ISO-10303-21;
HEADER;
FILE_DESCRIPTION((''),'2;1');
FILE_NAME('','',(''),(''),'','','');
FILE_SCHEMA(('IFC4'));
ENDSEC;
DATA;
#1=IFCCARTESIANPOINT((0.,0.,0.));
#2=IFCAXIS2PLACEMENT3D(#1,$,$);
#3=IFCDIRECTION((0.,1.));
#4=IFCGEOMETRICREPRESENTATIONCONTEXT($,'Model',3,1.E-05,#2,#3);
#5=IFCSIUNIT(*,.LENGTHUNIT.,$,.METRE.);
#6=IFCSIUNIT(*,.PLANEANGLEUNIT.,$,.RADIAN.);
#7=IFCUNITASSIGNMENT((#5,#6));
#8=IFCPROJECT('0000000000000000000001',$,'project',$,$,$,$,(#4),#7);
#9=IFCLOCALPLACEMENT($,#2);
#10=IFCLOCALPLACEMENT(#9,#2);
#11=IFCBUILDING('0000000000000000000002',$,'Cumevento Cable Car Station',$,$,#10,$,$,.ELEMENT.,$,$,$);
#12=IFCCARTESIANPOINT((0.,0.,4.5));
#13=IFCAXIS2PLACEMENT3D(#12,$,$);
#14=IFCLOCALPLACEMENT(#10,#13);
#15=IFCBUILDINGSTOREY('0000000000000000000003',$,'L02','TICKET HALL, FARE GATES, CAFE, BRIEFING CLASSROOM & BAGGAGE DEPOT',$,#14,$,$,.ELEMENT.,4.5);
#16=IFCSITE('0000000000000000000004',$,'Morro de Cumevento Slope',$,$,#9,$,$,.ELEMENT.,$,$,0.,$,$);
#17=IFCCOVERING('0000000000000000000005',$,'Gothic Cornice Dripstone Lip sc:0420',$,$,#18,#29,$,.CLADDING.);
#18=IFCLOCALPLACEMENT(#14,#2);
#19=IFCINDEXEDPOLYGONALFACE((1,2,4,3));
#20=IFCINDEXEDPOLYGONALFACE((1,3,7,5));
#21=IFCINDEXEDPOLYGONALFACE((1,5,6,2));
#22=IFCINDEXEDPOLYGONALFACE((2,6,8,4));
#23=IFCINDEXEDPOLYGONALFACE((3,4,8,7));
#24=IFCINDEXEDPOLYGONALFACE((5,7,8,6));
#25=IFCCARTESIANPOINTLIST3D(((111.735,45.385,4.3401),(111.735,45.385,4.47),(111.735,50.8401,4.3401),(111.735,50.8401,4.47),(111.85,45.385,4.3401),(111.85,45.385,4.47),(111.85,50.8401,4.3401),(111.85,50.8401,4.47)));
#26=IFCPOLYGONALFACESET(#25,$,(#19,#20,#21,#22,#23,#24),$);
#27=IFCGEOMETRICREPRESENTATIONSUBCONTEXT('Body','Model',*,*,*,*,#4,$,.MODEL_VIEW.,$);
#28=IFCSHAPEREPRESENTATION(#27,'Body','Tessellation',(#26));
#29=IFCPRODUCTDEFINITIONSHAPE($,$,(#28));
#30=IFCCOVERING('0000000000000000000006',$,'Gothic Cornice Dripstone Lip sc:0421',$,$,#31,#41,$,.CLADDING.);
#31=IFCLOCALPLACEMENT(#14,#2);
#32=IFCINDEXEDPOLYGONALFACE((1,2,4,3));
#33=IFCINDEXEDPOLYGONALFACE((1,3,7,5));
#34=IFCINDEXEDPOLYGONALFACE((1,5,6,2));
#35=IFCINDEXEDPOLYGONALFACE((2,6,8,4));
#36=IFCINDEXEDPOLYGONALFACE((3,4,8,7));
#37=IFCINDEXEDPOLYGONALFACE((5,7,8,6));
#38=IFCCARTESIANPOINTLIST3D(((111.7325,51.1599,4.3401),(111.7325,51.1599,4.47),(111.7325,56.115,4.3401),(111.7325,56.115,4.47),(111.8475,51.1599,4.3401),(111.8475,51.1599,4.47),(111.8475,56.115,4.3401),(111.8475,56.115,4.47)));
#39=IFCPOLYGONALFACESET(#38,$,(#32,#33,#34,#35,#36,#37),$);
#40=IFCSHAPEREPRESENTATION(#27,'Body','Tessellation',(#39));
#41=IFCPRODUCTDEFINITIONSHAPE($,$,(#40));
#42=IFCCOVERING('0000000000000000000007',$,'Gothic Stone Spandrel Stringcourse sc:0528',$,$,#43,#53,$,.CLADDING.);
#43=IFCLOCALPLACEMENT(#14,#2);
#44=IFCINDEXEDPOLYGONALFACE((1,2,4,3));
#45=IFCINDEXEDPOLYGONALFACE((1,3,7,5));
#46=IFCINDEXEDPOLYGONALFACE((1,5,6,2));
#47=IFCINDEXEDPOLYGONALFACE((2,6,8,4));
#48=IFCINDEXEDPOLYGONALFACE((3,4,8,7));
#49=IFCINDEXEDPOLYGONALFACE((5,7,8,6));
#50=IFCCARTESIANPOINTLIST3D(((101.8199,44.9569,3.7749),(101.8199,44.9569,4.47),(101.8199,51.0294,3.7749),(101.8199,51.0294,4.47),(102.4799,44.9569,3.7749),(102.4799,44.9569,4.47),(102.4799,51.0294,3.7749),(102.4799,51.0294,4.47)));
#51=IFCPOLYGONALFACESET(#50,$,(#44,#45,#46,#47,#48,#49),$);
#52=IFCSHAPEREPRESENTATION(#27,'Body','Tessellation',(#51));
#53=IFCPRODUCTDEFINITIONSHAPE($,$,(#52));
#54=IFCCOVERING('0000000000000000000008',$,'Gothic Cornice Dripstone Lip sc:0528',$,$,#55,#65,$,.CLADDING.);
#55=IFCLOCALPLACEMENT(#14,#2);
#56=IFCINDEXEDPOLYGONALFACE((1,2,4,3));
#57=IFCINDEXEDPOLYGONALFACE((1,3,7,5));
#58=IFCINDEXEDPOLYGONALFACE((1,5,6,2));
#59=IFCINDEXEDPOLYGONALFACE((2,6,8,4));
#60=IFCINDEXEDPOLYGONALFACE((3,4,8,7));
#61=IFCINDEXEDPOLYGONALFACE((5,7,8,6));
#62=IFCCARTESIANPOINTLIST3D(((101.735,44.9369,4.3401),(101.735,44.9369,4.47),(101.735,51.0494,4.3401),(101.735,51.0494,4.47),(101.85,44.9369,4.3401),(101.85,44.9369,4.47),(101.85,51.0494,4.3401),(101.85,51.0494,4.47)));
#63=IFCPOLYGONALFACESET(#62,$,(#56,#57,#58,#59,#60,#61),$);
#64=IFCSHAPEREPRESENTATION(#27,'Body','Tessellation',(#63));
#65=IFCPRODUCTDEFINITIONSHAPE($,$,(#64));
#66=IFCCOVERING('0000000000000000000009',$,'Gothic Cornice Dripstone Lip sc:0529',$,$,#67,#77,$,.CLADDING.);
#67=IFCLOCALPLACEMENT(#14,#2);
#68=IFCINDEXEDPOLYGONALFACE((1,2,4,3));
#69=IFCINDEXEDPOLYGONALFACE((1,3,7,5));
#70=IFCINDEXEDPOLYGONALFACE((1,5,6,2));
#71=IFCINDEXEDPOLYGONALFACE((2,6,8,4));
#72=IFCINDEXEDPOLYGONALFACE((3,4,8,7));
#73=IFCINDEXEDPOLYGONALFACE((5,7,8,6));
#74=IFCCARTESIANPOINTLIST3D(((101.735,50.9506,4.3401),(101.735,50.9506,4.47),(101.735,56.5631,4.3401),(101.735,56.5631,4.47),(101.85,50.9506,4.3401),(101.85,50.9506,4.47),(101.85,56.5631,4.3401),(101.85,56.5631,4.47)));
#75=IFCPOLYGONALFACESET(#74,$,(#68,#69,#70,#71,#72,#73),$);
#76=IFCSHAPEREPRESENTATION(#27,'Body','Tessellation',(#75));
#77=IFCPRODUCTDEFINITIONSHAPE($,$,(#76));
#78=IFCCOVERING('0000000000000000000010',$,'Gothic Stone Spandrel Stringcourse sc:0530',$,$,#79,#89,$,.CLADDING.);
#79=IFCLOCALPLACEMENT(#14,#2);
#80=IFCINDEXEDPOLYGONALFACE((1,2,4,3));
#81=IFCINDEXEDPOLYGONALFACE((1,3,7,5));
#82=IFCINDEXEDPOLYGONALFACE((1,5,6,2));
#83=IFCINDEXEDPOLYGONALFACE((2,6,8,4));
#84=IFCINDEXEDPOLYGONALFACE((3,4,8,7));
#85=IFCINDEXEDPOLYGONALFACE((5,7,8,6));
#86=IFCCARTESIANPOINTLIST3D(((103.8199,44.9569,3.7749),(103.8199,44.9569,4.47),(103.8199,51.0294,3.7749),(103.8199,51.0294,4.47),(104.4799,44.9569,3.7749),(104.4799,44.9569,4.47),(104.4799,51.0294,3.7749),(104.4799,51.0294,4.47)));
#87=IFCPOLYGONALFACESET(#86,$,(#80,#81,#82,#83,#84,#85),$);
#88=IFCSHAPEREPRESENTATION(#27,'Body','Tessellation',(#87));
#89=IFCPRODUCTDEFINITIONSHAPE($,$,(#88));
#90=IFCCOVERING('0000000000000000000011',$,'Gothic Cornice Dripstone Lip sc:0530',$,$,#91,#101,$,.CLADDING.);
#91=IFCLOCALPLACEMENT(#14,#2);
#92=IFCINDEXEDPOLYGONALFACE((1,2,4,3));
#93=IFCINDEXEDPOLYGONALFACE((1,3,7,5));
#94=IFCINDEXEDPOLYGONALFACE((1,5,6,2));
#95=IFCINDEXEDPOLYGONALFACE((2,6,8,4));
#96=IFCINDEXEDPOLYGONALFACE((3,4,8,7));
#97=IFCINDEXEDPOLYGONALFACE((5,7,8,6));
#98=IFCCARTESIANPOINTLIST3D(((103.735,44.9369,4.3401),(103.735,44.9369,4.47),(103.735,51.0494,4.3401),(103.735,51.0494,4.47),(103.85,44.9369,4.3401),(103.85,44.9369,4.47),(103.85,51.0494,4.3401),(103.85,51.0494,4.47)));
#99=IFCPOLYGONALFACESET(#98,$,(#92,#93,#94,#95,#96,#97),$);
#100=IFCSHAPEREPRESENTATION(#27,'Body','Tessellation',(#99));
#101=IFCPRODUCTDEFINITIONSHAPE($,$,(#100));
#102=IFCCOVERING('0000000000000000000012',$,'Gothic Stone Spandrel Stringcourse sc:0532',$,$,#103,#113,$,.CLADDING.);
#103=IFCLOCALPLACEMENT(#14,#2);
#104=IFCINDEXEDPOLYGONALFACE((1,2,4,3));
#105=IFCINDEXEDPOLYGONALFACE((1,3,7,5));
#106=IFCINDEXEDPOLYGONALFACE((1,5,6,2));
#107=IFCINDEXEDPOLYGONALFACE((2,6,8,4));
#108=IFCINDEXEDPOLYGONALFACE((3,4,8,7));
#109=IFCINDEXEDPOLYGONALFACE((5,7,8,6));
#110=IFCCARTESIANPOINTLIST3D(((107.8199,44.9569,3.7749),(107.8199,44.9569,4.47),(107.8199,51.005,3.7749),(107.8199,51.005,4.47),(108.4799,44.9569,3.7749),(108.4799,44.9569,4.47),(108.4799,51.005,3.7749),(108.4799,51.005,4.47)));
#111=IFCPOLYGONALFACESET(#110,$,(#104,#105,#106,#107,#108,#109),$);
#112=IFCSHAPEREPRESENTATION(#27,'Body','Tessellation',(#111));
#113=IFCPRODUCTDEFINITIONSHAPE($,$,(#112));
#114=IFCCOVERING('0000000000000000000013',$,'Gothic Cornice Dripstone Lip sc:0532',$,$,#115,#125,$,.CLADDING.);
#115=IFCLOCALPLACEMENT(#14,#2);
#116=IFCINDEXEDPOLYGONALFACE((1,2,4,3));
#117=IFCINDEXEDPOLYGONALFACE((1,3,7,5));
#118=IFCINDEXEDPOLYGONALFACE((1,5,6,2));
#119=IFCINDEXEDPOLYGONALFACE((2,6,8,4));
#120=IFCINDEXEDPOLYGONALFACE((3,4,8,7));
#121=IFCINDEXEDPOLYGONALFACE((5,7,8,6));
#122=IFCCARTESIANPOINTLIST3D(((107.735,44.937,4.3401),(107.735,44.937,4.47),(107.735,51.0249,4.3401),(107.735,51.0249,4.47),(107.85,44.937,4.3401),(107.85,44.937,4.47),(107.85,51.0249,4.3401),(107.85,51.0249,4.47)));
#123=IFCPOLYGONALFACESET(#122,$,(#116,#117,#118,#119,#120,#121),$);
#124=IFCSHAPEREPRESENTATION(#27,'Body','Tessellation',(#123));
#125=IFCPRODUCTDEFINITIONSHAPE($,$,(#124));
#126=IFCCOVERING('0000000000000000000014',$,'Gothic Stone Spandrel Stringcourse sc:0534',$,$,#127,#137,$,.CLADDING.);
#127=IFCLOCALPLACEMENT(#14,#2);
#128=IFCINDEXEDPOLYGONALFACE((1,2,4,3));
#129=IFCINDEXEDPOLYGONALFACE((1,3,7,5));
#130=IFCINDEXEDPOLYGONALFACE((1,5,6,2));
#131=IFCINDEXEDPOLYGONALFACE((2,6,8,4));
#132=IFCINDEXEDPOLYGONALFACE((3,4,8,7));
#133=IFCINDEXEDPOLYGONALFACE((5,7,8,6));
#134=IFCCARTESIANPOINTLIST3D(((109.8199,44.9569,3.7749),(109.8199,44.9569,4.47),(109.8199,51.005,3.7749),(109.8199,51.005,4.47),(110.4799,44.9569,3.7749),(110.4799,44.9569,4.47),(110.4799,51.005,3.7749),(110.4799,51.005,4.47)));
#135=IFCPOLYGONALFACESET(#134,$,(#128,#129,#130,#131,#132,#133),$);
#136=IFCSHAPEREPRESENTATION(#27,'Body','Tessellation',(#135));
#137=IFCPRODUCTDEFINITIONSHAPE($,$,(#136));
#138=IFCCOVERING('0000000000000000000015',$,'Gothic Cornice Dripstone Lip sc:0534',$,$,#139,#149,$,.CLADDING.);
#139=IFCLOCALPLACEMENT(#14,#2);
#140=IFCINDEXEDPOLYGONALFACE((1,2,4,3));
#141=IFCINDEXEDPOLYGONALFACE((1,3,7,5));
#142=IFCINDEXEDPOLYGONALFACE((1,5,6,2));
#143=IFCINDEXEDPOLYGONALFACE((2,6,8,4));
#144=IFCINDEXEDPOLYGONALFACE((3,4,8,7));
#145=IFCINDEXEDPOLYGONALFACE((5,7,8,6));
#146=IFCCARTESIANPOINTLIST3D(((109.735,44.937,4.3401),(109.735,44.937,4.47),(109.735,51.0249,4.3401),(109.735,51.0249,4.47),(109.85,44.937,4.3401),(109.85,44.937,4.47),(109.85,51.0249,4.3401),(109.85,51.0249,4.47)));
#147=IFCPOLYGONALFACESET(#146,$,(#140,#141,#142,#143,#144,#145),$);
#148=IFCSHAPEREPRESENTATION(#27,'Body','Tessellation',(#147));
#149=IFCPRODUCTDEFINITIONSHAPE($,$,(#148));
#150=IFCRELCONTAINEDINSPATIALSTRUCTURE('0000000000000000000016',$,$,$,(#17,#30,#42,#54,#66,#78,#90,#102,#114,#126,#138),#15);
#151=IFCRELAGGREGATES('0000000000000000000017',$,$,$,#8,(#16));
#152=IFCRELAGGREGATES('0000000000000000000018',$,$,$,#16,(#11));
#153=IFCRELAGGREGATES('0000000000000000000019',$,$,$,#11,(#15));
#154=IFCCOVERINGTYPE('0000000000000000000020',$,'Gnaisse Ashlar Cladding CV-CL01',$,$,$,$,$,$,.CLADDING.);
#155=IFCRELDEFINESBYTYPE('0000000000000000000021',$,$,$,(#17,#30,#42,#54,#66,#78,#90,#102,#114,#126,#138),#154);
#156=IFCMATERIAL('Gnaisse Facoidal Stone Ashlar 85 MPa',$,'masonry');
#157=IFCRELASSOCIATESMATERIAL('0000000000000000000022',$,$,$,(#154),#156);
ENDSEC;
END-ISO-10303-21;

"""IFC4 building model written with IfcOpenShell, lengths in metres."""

from ifc_helpers import new_model, si_unit, direction, frame, origin, origin_2d, place, context, subcontext, project, spatial, rectangle, extrude, material, type_object, element, save


model = new_model("IFC4")

# Units and contexts
model_context = context("Model", 3, precision=1e-05, world=origin(), true_north=direction((0.0, 1.0)))
body_context = subcontext(model_context, "Body", "Model", "MODEL_VIEW")
ifc_project = project(units=[si_unit("LENGTHUNIT", "METRE"), si_unit("PLANEANGLEUNIT", "RADIAN")], contexts=[model_context])

# Site, building, storey
site_placement = place(None, origin())
site = spatial("IfcSite", under=ifc_project, at=site_placement, Name="Morro de Cumevento Slope", CompositionType="ELEMENT", RefElevation=0.0)
building_placement = place(site_placement, origin())
building = spatial("IfcBuilding", under=site, at=building_placement, Name="Cumevento Cable Car Station", CompositionType="ELEMENT")
storey_placement = place(building_placement, frame((0.0, 0.0, 4.5)))
storey = spatial("IfcBuildingStorey", under=building, at=storey_placement, Name="L02", Description="TICKET HALL, FARE GATES, CAFE, BRIEFING CLASSROOM & BAGGAGE DEPOT", CompositionType="ELEMENT", Elevation=4.5)

# Coverings
ifc_material_1 = material(Name="Gnaisse Facoidal Stone Ashlar 85 MPa", Category="masonry")
covering_type = type_object("IfcCoveringType", Name="Gnaisse Ashlar Cladding CV-CL01", PredefinedType="CLADDING", material=ifc_material_1)
covering_1_placement = place(storey_placement, frame((111.7925, 48.1125, 4.3401), z_axis=(0.0, 0.0, 1.0), x_axis=(0.0, 1.0, 0.0)))
element("IfcCovering", 1, at=covering_1_placement, inside=storey, type_object=covering_type, Name="Gothic Cornice Dripstone Lip sc:0420", PredefinedType="CLADDING", context=body_context, shape_type="SweptSolid", body=[
    extrude(rectangle(XDim=5.4551, YDim=0.115, at=origin_2d()), origin(), (0.0, 0.0, 1.0), 0.1299),
])
covering_2_placement = place(storey_placement, frame((111.79, 53.6375, 4.3401), z_axis=(0.0, 0.0, 1.0), x_axis=(0.0, 1.0, 0.0)))
element("IfcCovering", 2, at=covering_2_placement, inside=storey, type_object=covering_type, Name="Gothic Cornice Dripstone Lip sc:0421", PredefinedType="CLADDING", context=body_context, shape_type="SweptSolid", body=[
    extrude(rectangle(XDim=4.9551, YDim=0.115, at=origin_2d()), origin(), (0.0, 0.0, 1.0), 0.1299),
])
covering_3_placement = place(storey_placement, frame((102.1499, 47.9932, 3.7749), z_axis=(0.0, 0.0, 1.0), x_axis=(0.0, 1.0, 0.0)))
element("IfcCovering", 3, at=covering_3_placement, inside=storey, type_object=covering_type, Name="Gothic Stone Spandrel Stringcourse sc:0528", PredefinedType="CLADDING", context=body_context, shape_type="SweptSolid", body=[
    extrude(rectangle(XDim=6.0725, YDim=0.6599, at=origin_2d()), origin(), (0.0, 0.0, 1.0), 0.6951),
])
covering_4_placement = place(storey_placement, frame((101.7925, 47.9932, 4.3401), z_axis=(0.0, 0.0, 1.0), x_axis=(0.0, 1.0, 0.0)))
element("IfcCovering", 4, at=covering_4_placement, inside=storey, type_object=covering_type, Name="Gothic Cornice Dripstone Lip sc:0528", PredefinedType="CLADDING", context=body_context, shape_type="SweptSolid", body=[
    extrude(rectangle(XDim=6.1125, YDim=0.115, at=origin_2d()), origin(), (0.0, 0.0, 1.0), 0.1299),
])
covering_5_placement = place(storey_placement, frame((101.7925, 53.7568, 4.3401), z_axis=(0.0, 0.0, 1.0), x_axis=(0.0, 1.0, 0.0)))
element("IfcCovering", 5, at=covering_5_placement, inside=storey, type_object=covering_type, Name="Gothic Cornice Dripstone Lip sc:0529", PredefinedType="CLADDING", context=body_context, shape_type="SweptSolid", body=[
    extrude(rectangle(XDim=5.6125, YDim=0.115, at=origin_2d()), origin(), (0.0, 0.0, 1.0), 0.1299),
])
covering_6_placement = place(storey_placement, frame((104.1499, 47.9932, 3.7749), z_axis=(0.0, 0.0, 1.0), x_axis=(0.0, 1.0, 0.0)))
element("IfcCovering", 6, at=covering_6_placement, inside=storey, type_object=covering_type, Name="Gothic Stone Spandrel Stringcourse sc:0530", PredefinedType="CLADDING", context=body_context, shape_type="SweptSolid", body=[
    extrude(rectangle(XDim=6.0725, YDim=0.6599, at=origin_2d()), origin(), (0.0, 0.0, 1.0), 0.6951),
])
covering_7_placement = place(storey_placement, frame((103.7925, 47.9932, 4.3401), z_axis=(0.0, 0.0, 1.0), x_axis=(0.0, 1.0, 0.0)))
element("IfcCovering", 7, at=covering_7_placement, inside=storey, type_object=covering_type, Name="Gothic Cornice Dripstone Lip sc:0530", PredefinedType="CLADDING", context=body_context, shape_type="SweptSolid", body=[
    extrude(rectangle(XDim=6.1125, YDim=0.115, at=origin_2d()), origin(), (0.0, 0.0, 1.0), 0.1299),
])
covering_8_placement = place(storey_placement, frame((108.1499, 47.981, 3.7749), z_axis=(0.0, 0.0, 1.0), x_axis=(0.0, 1.0, 0.0)))
element("IfcCovering", 8, at=covering_8_placement, inside=storey, type_object=covering_type, Name="Gothic Stone Spandrel Stringcourse sc:0532", PredefinedType="CLADDING", context=body_context, shape_type="SweptSolid", body=[
    extrude(rectangle(XDim=6.0481, YDim=0.6599, at=origin_2d()), origin(), (0.0, 0.0, 1.0), 0.6951),
])
covering_9_placement = place(storey_placement, frame((107.7925, 47.981, 4.3401), z_axis=(0.0, 0.0, 1.0), x_axis=(0.0, 1.0, 0.0)))
element("IfcCovering", 9, at=covering_9_placement, inside=storey, type_object=covering_type, Name="Gothic Cornice Dripstone Lip sc:0532", PredefinedType="CLADDING", context=body_context, shape_type="SweptSolid", body=[
    extrude(rectangle(XDim=6.0879, YDim=0.115, at=origin_2d()), origin(), (0.0, 0.0, 1.0), 0.1299),
])
covering_10_placement = place(storey_placement, frame((110.1499, 47.981, 3.7749), z_axis=(0.0, 0.0, 1.0), x_axis=(0.0, 1.0, 0.0)))
element("IfcCovering", 10, at=covering_10_placement, inside=storey, type_object=covering_type, Name="Gothic Stone Spandrel Stringcourse sc:0534", PredefinedType="CLADDING", context=body_context, shape_type="SweptSolid", body=[
    extrude(rectangle(XDim=6.0481, YDim=0.6599, at=origin_2d()), origin(), (0.0, 0.0, 1.0), 0.6951),
])
covering_11_placement = place(storey_placement, frame((109.7925, 47.981, 4.3401), z_axis=(0.0, 0.0, 1.0), x_axis=(0.0, 1.0, 0.0)))
element("IfcCovering", 11, at=covering_11_placement, inside=storey, type_object=covering_type, Name="Gothic Cornice Dripstone Lip sc:0534", PredefinedType="CLADDING", context=body_context, shape_type="SweptSolid", body=[
    extrude(rectangle(XDim=6.0879, YDim=0.115, at=origin_2d()), origin(), (0.0, 0.0, 1.0), 0.1299),
])

save(model, "model.ifc")
